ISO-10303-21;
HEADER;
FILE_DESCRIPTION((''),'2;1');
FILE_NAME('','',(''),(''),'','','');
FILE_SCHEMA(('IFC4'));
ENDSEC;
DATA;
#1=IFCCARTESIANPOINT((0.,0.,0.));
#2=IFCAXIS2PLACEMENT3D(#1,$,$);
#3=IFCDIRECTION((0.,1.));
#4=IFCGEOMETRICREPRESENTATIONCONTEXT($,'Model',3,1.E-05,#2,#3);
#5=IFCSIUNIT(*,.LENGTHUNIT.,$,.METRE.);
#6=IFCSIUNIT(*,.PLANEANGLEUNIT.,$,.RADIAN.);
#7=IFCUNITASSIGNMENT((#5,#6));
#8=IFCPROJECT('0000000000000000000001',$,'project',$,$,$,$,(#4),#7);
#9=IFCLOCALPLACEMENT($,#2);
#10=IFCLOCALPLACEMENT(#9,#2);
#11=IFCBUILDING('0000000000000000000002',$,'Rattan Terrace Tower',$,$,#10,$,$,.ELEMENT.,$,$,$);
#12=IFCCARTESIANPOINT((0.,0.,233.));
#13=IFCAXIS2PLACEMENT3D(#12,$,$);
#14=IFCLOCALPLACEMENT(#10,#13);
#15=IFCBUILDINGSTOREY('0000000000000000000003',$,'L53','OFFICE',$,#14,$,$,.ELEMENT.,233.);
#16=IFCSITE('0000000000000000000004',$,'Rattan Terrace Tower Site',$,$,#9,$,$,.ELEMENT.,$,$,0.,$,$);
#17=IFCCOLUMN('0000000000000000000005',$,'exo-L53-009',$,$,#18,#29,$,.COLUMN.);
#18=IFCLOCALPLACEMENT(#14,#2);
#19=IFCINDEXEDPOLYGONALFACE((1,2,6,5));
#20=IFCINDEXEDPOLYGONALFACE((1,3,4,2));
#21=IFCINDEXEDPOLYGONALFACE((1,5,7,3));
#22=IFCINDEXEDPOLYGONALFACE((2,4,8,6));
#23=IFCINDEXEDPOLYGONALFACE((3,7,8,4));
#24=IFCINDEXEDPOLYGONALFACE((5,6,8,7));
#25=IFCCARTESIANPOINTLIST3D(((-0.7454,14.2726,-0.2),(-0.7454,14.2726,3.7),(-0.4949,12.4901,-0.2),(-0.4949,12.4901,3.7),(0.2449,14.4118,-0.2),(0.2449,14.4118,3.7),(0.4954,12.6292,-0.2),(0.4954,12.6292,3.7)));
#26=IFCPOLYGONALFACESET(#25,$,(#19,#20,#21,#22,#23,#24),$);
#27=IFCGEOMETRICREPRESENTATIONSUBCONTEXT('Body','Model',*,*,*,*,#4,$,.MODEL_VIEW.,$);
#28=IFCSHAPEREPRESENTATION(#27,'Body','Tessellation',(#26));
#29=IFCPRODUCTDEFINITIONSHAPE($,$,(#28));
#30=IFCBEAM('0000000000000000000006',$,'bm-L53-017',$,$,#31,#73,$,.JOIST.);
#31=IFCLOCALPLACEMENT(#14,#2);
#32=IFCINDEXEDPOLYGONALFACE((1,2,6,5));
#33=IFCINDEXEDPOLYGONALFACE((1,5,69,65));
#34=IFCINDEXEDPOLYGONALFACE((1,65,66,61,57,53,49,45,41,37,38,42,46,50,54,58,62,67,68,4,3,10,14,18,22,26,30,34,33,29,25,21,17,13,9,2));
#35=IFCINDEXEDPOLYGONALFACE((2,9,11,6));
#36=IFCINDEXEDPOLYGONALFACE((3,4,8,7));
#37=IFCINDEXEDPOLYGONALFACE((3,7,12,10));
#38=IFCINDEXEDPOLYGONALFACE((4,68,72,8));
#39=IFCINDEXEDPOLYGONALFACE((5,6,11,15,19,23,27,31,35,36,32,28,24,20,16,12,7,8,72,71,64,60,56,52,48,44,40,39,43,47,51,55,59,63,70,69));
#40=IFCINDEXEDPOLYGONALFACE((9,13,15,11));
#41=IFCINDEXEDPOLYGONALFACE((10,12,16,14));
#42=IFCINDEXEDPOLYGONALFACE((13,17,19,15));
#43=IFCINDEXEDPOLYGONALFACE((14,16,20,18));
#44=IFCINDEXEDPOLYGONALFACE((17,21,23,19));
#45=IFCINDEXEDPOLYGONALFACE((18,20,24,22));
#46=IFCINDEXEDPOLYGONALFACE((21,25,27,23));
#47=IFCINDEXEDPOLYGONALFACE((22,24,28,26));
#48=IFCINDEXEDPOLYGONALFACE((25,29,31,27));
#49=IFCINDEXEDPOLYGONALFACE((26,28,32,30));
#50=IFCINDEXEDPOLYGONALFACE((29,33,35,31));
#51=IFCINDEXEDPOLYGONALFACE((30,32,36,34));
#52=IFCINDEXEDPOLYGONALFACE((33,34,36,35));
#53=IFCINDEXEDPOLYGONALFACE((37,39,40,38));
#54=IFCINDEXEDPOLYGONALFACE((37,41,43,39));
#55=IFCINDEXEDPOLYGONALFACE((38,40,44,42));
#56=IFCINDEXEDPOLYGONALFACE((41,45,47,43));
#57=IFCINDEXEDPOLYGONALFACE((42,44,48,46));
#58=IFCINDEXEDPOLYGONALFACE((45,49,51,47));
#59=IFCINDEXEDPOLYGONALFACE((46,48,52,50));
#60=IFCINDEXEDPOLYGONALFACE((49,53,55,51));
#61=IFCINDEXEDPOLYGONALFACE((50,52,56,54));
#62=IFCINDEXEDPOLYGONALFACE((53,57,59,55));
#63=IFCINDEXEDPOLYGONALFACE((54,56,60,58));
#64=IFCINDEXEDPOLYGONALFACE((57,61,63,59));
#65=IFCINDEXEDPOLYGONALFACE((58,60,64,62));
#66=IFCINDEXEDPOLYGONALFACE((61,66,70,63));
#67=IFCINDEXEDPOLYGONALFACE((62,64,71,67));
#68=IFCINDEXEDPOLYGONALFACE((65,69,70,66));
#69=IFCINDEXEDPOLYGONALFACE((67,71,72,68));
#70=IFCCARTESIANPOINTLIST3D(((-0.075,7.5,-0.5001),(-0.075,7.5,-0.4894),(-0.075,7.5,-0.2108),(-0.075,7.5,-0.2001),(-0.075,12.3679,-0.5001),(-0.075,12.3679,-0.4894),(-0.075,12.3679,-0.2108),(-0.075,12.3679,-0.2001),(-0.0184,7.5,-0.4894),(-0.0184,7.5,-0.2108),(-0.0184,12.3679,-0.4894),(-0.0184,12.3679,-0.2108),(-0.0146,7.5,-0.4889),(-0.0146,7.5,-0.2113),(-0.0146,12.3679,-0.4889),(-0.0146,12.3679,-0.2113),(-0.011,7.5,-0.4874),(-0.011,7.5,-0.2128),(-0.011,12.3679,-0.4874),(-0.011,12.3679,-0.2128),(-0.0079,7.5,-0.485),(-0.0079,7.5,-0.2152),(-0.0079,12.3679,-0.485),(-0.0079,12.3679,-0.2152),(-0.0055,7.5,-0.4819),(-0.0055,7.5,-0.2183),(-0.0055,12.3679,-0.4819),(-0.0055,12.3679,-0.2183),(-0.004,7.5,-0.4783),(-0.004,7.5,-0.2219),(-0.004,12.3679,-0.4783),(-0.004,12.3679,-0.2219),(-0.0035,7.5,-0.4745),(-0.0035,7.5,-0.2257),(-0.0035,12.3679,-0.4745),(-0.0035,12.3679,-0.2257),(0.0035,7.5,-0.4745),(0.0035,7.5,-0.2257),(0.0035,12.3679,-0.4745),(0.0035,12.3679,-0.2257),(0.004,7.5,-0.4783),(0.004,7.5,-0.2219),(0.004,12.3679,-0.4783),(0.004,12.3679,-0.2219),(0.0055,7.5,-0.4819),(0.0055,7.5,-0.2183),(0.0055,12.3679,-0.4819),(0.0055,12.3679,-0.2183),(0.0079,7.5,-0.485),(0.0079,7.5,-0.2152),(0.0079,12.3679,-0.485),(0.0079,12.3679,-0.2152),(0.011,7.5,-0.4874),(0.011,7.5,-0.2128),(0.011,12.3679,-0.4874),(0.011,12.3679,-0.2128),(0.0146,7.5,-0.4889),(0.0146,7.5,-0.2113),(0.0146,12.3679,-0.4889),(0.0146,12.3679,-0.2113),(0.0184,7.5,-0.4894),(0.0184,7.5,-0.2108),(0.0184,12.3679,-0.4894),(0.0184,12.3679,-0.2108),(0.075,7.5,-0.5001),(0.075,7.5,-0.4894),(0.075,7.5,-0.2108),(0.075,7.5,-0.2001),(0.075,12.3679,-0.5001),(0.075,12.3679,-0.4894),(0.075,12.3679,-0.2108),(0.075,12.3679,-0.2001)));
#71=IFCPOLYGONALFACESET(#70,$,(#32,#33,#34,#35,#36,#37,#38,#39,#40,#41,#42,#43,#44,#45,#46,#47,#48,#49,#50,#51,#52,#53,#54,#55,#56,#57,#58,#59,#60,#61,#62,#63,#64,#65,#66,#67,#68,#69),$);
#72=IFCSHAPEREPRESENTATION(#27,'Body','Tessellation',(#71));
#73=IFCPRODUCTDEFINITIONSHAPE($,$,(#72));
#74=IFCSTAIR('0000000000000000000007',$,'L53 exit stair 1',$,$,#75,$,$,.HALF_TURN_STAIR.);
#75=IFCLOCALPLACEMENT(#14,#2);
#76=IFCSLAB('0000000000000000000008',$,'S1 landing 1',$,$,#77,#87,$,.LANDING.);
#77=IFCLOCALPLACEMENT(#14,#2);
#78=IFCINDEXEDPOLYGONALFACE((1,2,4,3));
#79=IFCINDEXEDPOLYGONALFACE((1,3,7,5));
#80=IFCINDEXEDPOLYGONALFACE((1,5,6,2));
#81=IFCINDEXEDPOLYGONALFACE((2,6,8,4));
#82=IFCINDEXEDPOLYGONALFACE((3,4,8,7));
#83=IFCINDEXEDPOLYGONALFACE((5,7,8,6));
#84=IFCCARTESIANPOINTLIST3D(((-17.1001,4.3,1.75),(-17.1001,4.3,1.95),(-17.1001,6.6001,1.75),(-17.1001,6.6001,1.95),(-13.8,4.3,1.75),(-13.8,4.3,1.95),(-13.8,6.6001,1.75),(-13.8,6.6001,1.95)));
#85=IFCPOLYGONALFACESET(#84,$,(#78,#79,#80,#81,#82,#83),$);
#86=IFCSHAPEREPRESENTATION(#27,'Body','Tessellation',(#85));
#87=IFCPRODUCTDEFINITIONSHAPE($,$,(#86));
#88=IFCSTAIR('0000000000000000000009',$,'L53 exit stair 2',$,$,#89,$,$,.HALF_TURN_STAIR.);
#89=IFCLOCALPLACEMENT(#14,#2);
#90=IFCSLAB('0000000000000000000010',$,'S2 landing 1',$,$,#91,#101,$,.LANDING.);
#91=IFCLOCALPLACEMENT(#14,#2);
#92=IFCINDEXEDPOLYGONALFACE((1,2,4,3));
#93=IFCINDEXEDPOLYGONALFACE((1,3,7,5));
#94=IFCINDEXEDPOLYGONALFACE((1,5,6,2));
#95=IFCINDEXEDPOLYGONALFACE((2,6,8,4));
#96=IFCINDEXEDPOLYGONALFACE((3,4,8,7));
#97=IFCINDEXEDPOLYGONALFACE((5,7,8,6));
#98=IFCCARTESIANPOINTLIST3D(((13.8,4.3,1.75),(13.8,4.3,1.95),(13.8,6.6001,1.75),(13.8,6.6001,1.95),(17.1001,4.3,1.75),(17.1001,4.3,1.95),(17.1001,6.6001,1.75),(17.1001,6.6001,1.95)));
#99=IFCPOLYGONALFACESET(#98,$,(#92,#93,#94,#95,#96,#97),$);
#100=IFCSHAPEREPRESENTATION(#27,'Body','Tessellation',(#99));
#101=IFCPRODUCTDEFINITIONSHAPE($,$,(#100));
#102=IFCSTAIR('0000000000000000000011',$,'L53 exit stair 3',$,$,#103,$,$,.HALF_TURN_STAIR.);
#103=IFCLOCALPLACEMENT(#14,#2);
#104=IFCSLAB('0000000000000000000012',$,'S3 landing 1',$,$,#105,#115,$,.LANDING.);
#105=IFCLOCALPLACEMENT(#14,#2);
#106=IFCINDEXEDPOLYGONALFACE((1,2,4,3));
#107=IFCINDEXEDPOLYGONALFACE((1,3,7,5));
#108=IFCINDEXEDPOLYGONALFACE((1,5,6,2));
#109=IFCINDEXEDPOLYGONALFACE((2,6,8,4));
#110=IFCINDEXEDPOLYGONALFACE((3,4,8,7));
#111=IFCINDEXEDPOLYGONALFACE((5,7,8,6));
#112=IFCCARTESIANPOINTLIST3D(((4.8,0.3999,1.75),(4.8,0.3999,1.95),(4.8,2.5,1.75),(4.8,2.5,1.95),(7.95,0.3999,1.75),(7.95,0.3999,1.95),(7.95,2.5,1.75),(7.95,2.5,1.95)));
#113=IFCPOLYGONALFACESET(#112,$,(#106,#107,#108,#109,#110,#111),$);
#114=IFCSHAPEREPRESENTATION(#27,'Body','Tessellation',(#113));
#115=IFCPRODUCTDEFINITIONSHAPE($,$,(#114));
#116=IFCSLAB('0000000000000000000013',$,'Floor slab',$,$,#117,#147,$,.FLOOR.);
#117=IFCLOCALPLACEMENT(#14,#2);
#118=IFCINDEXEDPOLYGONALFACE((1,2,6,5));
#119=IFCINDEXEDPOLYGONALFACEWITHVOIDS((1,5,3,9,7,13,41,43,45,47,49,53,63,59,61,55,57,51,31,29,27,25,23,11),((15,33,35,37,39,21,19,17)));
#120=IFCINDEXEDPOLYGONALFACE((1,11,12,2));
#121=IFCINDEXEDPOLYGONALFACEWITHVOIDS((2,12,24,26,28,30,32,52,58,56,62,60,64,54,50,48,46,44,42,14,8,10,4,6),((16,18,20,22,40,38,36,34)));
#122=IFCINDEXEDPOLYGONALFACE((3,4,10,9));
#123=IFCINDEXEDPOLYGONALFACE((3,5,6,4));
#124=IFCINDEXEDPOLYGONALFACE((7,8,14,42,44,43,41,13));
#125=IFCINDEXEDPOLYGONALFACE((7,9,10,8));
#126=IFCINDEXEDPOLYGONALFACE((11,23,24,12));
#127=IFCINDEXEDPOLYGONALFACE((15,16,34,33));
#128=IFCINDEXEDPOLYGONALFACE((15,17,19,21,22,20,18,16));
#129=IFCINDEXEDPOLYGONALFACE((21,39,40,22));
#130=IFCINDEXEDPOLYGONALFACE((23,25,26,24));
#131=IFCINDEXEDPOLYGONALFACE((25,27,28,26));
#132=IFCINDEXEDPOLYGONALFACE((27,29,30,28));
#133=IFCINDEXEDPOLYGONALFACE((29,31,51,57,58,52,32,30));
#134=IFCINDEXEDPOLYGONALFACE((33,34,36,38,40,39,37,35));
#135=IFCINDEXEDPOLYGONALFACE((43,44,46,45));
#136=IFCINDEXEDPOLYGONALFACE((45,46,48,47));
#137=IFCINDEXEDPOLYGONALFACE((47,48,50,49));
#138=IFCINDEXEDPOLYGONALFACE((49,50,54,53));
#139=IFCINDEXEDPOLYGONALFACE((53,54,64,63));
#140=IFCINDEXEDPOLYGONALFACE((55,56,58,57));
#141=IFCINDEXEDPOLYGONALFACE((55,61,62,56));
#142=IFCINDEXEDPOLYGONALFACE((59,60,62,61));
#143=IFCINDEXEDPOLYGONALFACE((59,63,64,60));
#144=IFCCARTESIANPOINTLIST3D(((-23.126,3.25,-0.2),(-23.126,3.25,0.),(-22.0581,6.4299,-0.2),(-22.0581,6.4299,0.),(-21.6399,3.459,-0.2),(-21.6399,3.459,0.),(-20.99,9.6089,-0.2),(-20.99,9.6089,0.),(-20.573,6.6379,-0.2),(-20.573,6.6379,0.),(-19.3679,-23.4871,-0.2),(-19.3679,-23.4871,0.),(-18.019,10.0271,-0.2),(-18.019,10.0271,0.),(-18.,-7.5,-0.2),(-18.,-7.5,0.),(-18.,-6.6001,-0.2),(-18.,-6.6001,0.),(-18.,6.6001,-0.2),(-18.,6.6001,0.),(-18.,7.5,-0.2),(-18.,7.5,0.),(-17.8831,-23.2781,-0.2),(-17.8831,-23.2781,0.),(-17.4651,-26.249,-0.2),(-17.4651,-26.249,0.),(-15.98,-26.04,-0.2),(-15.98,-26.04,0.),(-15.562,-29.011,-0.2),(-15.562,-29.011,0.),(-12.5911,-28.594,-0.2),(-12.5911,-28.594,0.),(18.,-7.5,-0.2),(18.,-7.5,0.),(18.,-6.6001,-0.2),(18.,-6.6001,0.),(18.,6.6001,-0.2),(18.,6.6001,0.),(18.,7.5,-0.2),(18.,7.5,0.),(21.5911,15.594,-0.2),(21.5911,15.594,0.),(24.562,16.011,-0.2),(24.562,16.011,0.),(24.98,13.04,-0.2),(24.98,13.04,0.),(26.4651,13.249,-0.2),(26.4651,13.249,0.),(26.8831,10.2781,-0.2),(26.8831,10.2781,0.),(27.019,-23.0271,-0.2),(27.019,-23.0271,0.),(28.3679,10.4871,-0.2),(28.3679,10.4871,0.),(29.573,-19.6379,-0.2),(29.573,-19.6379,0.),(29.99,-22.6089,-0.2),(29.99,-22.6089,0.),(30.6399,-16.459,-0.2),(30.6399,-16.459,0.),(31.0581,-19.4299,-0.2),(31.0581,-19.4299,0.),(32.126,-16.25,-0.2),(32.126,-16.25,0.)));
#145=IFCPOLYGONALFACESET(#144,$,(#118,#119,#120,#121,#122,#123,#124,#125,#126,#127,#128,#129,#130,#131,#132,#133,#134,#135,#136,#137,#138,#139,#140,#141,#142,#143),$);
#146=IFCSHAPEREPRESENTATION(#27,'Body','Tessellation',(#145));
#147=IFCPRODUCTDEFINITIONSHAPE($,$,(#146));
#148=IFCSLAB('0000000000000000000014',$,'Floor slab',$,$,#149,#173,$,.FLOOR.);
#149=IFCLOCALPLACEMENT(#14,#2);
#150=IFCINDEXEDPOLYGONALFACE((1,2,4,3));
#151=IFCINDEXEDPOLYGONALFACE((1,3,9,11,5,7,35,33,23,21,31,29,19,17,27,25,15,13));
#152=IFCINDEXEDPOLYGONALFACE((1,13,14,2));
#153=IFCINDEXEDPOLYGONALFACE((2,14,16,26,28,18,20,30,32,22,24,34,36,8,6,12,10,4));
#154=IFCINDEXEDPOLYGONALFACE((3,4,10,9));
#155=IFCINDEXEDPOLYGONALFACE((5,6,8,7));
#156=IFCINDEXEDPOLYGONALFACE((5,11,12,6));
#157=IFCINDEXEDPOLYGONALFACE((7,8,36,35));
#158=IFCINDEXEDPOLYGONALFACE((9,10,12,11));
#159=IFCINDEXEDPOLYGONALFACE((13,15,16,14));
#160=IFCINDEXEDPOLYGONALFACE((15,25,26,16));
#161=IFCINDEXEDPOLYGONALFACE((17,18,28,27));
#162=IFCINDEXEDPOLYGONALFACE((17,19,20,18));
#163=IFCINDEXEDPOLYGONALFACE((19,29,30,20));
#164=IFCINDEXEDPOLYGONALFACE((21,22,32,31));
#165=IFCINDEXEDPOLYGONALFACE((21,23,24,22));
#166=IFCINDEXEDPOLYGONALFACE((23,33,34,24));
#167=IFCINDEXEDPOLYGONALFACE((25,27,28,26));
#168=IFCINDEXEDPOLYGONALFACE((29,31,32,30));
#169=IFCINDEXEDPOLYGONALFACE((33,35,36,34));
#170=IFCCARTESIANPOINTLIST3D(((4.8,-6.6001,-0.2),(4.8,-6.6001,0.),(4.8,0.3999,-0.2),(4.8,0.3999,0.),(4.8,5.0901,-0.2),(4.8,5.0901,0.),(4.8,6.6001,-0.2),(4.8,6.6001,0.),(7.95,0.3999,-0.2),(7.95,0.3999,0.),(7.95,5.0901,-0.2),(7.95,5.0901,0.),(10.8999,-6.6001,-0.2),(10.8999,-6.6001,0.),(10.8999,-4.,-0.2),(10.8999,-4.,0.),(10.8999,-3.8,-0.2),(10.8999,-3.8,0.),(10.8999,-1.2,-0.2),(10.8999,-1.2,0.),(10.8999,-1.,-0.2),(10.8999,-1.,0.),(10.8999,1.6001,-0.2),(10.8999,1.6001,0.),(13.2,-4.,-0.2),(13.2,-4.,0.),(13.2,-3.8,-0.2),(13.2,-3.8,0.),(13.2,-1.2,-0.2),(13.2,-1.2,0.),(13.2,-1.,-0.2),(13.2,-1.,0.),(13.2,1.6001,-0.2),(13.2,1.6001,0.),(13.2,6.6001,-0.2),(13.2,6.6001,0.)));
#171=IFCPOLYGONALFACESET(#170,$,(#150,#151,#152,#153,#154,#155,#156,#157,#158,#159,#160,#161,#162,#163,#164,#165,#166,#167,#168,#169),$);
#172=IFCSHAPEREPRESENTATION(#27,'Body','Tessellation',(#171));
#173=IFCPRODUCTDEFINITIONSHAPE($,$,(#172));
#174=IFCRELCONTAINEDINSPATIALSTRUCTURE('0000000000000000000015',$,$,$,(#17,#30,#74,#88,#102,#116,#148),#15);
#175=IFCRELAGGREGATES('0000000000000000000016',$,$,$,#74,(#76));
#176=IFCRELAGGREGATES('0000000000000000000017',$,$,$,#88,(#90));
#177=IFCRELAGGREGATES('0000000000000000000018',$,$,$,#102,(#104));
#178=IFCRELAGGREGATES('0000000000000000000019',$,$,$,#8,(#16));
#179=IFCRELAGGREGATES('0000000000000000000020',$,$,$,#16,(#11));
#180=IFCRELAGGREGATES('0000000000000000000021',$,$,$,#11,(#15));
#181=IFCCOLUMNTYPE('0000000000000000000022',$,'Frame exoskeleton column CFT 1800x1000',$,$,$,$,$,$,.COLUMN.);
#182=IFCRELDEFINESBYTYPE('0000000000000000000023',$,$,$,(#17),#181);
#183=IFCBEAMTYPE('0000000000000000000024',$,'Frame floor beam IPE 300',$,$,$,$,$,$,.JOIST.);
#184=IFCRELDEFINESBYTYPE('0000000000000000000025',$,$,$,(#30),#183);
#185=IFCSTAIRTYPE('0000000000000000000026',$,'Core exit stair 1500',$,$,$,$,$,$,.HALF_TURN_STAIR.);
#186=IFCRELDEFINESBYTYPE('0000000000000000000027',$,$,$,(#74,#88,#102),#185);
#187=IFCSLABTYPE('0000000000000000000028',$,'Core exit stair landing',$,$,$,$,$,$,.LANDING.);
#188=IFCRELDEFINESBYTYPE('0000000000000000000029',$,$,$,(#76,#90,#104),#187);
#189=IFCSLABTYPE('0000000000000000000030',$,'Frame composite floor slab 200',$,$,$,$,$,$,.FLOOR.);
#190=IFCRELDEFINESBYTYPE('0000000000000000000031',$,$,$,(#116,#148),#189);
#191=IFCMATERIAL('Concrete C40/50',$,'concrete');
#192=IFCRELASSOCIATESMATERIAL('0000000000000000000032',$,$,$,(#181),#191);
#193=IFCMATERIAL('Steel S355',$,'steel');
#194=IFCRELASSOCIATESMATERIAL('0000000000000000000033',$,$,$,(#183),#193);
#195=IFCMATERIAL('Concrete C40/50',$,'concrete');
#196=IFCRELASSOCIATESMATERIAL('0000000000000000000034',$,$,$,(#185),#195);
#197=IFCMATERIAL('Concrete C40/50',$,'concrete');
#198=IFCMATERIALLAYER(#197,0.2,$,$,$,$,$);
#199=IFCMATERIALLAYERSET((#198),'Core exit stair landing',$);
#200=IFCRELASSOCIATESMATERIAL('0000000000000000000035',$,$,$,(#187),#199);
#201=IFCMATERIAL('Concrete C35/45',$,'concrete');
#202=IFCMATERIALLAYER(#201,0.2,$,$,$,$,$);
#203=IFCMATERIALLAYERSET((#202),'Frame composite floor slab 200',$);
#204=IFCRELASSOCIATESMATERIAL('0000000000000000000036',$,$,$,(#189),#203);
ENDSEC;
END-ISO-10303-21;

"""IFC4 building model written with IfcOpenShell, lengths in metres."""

from ifc_helpers import new_model, si_unit, direction, frame, origin, origin_2d, place, context, subcontext, project, spatial, polyline, rectangle, i_section, outline, extrude, material, layer, layer_set, material_profile, profile_set, type_object, element, aggregate, save


model = new_model("IFC4")

# Units and contexts
model_context = context("Model", 3, precision=1e-05, world=origin(), true_north=direction((0.0, 1.0)))
body_context = subcontext(model_context, "Body", "Model", "MODEL_VIEW")
ifc_project = project(units=[si_unit("LENGTHUNIT", "METRE"), si_unit("PLANEANGLEUNIT", "RADIAN")], contexts=[model_context])

# Site, building, storey
site_placement = place(None, origin())
site = spatial("IfcSite", under=ifc_project, at=site_placement, Name="Rattan Terrace Tower Site", CompositionType="ELEMENT", RefElevation=0.0)
building_placement = place(site_placement, origin())
building = spatial("IfcBuilding", under=site, at=building_placement, Name="Rattan Terrace Tower", CompositionType="ELEMENT")
storey_placement = place(building_placement, frame((0.0, 0.0, 233.0)))
storey = spatial("IfcBuildingStorey", under=building, at=storey_placement, Name="L53", Description="OFFICE", CompositionType="ELEMENT", Elevation=233.0)

# Column
ifc_material_1 = material(Name="Concrete C40/50", Category="concrete")
ifc_material_profile_1 = material_profile(ifc_material_1, rectangle(XDim=1.0, YDim=1.8, at=origin_2d()), Name="CFT 1800x1000")
ifc_profile_set_1 = profile_set([ifc_material_profile_1], Name="Concrete C40/50")
column_type = type_object("IfcColumnType", Name="Frame exoskeleton column CFT 1800x1000", PredefinedType="COLUMN", material=ifc_profile_set_1)
column_placement = place(storey_placement, frame((-0.125, 13.4509, -0.2), z_axis=(0.0, 0.0, 1.0), x_axis=(0.990268, 0.139173, 0.0)))
element("IfcColumn", 1, at=column_placement, inside=storey, type_object=column_type, Name="exo-L53-009", PredefinedType="COLUMN", context=body_context, shape_type="SweptSolid", body=[
    extrude(rectangle(XDim=1.0, YDim=1.8, at=origin_2d()), origin(), (0.0, 0.0, 1.0), 3.8999),
])

# Beam
ifc_material_2 = material(Name="Steel S355", Category="steel")
ifc_material_profile_2 = material_profile(ifc_material_2, i_section(OverallWidth=0.1499, OverallDepth=0.3, WebThickness=0.0071, FlangeThickness=0.0107, FilletRadius=0.0149, at=origin_2d()), Name="IPE 300")
ifc_profile_set_2 = profile_set([ifc_material_profile_2], Name="Steel S355")
beam_type = type_object("IfcBeamType", Name="Frame floor beam IPE 300", PredefinedType="JOIST", material=ifc_profile_set_2)
beam_placement = place(storey_placement, frame((0.0, 7.5, -0.3501), z_axis=(0.0, 1.0, 0.0), x_axis=(-1.0, 0.0, 0.0)))
element("IfcBeam", 2, at=beam_placement, inside=storey, type_object=beam_type, Name="bm-L53-017", PredefinedType="JOIST", context=body_context, shape_type="SweptSolid", body=[
    extrude(i_section(OverallWidth=0.1499, OverallDepth=0.3, WebThickness=0.0071, FlangeThickness=0.0107, FilletRadius=0.0149, at=origin_2d()), origin(), (0.0, 0.0, 1.0), 4.8679),
])

# Stairs, slabs
ifc_material_3 = material(Name="Concrete C40/50", Category="concrete")
stair_type = type_object("IfcStairType", Name="Core exit stair 1500", PredefinedType="HALF_TURN_STAIR", material=ifc_material_3)
stair_1_placement = place(storey_placement, origin())
stair_1 = element("IfcStair", 3, at=stair_1_placement, inside=storey, type_object=stair_type, Name="L53 exit stair 1", PredefinedType="HALF_TURN_STAIR")
ifc_material_4 = material(Name="Concrete C40/50", Category="concrete")
ifc_layer_1 = layer(ifc_material_4, 0.2)
ifc_layer_set_1 = layer_set([ifc_layer_1], Name="Core exit stair landing")
slab_type_1 = type_object("IfcSlabType", Name="Core exit stair landing", PredefinedType="LANDING", material=ifc_layer_set_1)
slab_1_placement = place(storey_placement, frame((0.0, 0.0, 1.75)))
slab_1 = element("IfcSlab", 4, at=slab_1_placement, type_object=slab_type_1, Name="S1 landing 1", PredefinedType="LANDING", context=body_context, shape_type="SweptSolid", body=[
    extrude(outline(polyline([(-13.8, 4.3), (-13.8, 6.6001), (-17.1001, 6.6001), (-17.1001, 4.3), (-13.8, 4.3)])), origin(), (0.0, 0.0, 1.0), 0.2),
])
aggregate(stair_1, [slab_1])
stair_2_placement = place(storey_placement, origin())
stair_2 = element("IfcStair", 5, at=stair_2_placement, inside=storey, type_object=stair_type, Name="L53 exit stair 2", PredefinedType="HALF_TURN_STAIR")
slab_2_placement = place(storey_placement, frame((0.0, 0.0, 1.75)))
slab_2 = element("IfcSlab", 6, at=slab_2_placement, type_object=slab_type_1, Name="S2 landing 1", PredefinedType="LANDING", context=body_context, shape_type="SweptSolid", body=[
    extrude(outline(polyline([(17.1001, 4.3), (17.1001, 6.6001), (13.8, 6.6001), (13.8, 4.3), (17.1001, 4.3)])), origin(), (0.0, 0.0, 1.0), 0.2),
])
aggregate(stair_2, [slab_2])
stair_3_placement = place(storey_placement, origin())
stair_3 = element("IfcStair", 7, at=stair_3_placement, inside=storey, type_object=stair_type, Name="L53 exit stair 3", PredefinedType="HALF_TURN_STAIR")
slab_3_placement = place(storey_placement, frame((0.0, 0.0, 1.75)))
slab_3 = element("IfcSlab", 8, at=slab_3_placement, type_object=slab_type_1, Name="S3 landing 1", PredefinedType="LANDING", context=body_context, shape_type="SweptSolid", body=[
    extrude(outline(polyline([(4.8, 2.5), (4.8, 0.3999), (7.95, 0.3999), (7.95, 2.5), (4.8, 2.5)])), origin(), (0.0, 0.0, 1.0), 0.2),
])
aggregate(stair_3, [slab_3])

# Slabs
ifc_material_5 = material(Name="Concrete C35/45", Category="concrete")
ifc_layer_2 = layer(ifc_material_5, 0.2)
ifc_layer_set_2 = layer_set([ifc_layer_2], Name="Frame composite floor slab 200")
slab_type_2 = type_object("IfcSlabType", Name="Frame composite floor slab 200", PredefinedType="FLOOR", material=ifc_layer_set_2)
slab_4_placement = place(storey_placement, frame((0.0, 0.0, -0.2)))
element("IfcSlab", 9, at=slab_4_placement, inside=storey, type_object=slab_type_2, Name="Floor slab", PredefinedType="FLOOR", context=body_context, shape_type="SweptSolid", body=[
    extrude(outline(polyline([(-12.5911, -28.594), (27.019, -23.0271), (29.99, -22.6089), (29.573, -19.6379), (31.0581, -19.4299), (30.6399, -16.459), (32.126, -16.25), (28.3679, 10.4871), (26.8831, 10.2781), (26.4651, 13.249), (24.98, 13.04), (24.562, 16.011), (21.5911, 15.594), (-18.019, 10.0271), (-20.99, 9.6089), (-20.573, 6.6379), (-22.0581, 6.4299), (-21.6399, 3.459), (-23.126, 3.25), (-19.3679, -23.4871), (-17.8831, -23.2781), (-17.4651, -26.249), (-15.98, -26.04), (-15.562, -29.011), (-12.5911, -28.594)]), holes=[polyline([(-18.0, -7.5), (18.0, -7.5), (18.0, -6.6001), (18.0, 6.6001), (18.0, 7.5), (-18.0, 7.5), (-18.0, 6.6001), (-18.0, -6.6001), (-18.0, -7.5)])]), origin(), (0.0, 0.0, 1.0), 0.2),
])
slab_5_placement = place(storey_placement, frame((0.0, 0.0, -0.2)))
element("IfcSlab", 10, at=slab_5_placement, inside=storey, type_object=slab_type_2, Name="Floor slab", PredefinedType="FLOOR", context=body_context, shape_type="SweptSolid", body=[
    extrude(outline(polyline([(13.2, 6.6001), (4.8, 6.6001), (4.8, 5.0901), (7.95, 5.0901), (7.95, 0.3999), (4.8, 0.3999), (4.8, -6.6001), (10.8999, -6.6001), (10.8999, -4.0), (13.2, -4.0), (13.2, -3.8), (10.8999, -3.8), (10.8999, -1.2), (13.2, -1.2), (13.2, -1.0), (10.8999, -1.0), (10.8999, 1.6001), (13.2, 1.6001), (13.2, 6.6001)])), origin(), (0.0, 0.0, 1.0), 0.2),
])

save(model, "model.ifc")
